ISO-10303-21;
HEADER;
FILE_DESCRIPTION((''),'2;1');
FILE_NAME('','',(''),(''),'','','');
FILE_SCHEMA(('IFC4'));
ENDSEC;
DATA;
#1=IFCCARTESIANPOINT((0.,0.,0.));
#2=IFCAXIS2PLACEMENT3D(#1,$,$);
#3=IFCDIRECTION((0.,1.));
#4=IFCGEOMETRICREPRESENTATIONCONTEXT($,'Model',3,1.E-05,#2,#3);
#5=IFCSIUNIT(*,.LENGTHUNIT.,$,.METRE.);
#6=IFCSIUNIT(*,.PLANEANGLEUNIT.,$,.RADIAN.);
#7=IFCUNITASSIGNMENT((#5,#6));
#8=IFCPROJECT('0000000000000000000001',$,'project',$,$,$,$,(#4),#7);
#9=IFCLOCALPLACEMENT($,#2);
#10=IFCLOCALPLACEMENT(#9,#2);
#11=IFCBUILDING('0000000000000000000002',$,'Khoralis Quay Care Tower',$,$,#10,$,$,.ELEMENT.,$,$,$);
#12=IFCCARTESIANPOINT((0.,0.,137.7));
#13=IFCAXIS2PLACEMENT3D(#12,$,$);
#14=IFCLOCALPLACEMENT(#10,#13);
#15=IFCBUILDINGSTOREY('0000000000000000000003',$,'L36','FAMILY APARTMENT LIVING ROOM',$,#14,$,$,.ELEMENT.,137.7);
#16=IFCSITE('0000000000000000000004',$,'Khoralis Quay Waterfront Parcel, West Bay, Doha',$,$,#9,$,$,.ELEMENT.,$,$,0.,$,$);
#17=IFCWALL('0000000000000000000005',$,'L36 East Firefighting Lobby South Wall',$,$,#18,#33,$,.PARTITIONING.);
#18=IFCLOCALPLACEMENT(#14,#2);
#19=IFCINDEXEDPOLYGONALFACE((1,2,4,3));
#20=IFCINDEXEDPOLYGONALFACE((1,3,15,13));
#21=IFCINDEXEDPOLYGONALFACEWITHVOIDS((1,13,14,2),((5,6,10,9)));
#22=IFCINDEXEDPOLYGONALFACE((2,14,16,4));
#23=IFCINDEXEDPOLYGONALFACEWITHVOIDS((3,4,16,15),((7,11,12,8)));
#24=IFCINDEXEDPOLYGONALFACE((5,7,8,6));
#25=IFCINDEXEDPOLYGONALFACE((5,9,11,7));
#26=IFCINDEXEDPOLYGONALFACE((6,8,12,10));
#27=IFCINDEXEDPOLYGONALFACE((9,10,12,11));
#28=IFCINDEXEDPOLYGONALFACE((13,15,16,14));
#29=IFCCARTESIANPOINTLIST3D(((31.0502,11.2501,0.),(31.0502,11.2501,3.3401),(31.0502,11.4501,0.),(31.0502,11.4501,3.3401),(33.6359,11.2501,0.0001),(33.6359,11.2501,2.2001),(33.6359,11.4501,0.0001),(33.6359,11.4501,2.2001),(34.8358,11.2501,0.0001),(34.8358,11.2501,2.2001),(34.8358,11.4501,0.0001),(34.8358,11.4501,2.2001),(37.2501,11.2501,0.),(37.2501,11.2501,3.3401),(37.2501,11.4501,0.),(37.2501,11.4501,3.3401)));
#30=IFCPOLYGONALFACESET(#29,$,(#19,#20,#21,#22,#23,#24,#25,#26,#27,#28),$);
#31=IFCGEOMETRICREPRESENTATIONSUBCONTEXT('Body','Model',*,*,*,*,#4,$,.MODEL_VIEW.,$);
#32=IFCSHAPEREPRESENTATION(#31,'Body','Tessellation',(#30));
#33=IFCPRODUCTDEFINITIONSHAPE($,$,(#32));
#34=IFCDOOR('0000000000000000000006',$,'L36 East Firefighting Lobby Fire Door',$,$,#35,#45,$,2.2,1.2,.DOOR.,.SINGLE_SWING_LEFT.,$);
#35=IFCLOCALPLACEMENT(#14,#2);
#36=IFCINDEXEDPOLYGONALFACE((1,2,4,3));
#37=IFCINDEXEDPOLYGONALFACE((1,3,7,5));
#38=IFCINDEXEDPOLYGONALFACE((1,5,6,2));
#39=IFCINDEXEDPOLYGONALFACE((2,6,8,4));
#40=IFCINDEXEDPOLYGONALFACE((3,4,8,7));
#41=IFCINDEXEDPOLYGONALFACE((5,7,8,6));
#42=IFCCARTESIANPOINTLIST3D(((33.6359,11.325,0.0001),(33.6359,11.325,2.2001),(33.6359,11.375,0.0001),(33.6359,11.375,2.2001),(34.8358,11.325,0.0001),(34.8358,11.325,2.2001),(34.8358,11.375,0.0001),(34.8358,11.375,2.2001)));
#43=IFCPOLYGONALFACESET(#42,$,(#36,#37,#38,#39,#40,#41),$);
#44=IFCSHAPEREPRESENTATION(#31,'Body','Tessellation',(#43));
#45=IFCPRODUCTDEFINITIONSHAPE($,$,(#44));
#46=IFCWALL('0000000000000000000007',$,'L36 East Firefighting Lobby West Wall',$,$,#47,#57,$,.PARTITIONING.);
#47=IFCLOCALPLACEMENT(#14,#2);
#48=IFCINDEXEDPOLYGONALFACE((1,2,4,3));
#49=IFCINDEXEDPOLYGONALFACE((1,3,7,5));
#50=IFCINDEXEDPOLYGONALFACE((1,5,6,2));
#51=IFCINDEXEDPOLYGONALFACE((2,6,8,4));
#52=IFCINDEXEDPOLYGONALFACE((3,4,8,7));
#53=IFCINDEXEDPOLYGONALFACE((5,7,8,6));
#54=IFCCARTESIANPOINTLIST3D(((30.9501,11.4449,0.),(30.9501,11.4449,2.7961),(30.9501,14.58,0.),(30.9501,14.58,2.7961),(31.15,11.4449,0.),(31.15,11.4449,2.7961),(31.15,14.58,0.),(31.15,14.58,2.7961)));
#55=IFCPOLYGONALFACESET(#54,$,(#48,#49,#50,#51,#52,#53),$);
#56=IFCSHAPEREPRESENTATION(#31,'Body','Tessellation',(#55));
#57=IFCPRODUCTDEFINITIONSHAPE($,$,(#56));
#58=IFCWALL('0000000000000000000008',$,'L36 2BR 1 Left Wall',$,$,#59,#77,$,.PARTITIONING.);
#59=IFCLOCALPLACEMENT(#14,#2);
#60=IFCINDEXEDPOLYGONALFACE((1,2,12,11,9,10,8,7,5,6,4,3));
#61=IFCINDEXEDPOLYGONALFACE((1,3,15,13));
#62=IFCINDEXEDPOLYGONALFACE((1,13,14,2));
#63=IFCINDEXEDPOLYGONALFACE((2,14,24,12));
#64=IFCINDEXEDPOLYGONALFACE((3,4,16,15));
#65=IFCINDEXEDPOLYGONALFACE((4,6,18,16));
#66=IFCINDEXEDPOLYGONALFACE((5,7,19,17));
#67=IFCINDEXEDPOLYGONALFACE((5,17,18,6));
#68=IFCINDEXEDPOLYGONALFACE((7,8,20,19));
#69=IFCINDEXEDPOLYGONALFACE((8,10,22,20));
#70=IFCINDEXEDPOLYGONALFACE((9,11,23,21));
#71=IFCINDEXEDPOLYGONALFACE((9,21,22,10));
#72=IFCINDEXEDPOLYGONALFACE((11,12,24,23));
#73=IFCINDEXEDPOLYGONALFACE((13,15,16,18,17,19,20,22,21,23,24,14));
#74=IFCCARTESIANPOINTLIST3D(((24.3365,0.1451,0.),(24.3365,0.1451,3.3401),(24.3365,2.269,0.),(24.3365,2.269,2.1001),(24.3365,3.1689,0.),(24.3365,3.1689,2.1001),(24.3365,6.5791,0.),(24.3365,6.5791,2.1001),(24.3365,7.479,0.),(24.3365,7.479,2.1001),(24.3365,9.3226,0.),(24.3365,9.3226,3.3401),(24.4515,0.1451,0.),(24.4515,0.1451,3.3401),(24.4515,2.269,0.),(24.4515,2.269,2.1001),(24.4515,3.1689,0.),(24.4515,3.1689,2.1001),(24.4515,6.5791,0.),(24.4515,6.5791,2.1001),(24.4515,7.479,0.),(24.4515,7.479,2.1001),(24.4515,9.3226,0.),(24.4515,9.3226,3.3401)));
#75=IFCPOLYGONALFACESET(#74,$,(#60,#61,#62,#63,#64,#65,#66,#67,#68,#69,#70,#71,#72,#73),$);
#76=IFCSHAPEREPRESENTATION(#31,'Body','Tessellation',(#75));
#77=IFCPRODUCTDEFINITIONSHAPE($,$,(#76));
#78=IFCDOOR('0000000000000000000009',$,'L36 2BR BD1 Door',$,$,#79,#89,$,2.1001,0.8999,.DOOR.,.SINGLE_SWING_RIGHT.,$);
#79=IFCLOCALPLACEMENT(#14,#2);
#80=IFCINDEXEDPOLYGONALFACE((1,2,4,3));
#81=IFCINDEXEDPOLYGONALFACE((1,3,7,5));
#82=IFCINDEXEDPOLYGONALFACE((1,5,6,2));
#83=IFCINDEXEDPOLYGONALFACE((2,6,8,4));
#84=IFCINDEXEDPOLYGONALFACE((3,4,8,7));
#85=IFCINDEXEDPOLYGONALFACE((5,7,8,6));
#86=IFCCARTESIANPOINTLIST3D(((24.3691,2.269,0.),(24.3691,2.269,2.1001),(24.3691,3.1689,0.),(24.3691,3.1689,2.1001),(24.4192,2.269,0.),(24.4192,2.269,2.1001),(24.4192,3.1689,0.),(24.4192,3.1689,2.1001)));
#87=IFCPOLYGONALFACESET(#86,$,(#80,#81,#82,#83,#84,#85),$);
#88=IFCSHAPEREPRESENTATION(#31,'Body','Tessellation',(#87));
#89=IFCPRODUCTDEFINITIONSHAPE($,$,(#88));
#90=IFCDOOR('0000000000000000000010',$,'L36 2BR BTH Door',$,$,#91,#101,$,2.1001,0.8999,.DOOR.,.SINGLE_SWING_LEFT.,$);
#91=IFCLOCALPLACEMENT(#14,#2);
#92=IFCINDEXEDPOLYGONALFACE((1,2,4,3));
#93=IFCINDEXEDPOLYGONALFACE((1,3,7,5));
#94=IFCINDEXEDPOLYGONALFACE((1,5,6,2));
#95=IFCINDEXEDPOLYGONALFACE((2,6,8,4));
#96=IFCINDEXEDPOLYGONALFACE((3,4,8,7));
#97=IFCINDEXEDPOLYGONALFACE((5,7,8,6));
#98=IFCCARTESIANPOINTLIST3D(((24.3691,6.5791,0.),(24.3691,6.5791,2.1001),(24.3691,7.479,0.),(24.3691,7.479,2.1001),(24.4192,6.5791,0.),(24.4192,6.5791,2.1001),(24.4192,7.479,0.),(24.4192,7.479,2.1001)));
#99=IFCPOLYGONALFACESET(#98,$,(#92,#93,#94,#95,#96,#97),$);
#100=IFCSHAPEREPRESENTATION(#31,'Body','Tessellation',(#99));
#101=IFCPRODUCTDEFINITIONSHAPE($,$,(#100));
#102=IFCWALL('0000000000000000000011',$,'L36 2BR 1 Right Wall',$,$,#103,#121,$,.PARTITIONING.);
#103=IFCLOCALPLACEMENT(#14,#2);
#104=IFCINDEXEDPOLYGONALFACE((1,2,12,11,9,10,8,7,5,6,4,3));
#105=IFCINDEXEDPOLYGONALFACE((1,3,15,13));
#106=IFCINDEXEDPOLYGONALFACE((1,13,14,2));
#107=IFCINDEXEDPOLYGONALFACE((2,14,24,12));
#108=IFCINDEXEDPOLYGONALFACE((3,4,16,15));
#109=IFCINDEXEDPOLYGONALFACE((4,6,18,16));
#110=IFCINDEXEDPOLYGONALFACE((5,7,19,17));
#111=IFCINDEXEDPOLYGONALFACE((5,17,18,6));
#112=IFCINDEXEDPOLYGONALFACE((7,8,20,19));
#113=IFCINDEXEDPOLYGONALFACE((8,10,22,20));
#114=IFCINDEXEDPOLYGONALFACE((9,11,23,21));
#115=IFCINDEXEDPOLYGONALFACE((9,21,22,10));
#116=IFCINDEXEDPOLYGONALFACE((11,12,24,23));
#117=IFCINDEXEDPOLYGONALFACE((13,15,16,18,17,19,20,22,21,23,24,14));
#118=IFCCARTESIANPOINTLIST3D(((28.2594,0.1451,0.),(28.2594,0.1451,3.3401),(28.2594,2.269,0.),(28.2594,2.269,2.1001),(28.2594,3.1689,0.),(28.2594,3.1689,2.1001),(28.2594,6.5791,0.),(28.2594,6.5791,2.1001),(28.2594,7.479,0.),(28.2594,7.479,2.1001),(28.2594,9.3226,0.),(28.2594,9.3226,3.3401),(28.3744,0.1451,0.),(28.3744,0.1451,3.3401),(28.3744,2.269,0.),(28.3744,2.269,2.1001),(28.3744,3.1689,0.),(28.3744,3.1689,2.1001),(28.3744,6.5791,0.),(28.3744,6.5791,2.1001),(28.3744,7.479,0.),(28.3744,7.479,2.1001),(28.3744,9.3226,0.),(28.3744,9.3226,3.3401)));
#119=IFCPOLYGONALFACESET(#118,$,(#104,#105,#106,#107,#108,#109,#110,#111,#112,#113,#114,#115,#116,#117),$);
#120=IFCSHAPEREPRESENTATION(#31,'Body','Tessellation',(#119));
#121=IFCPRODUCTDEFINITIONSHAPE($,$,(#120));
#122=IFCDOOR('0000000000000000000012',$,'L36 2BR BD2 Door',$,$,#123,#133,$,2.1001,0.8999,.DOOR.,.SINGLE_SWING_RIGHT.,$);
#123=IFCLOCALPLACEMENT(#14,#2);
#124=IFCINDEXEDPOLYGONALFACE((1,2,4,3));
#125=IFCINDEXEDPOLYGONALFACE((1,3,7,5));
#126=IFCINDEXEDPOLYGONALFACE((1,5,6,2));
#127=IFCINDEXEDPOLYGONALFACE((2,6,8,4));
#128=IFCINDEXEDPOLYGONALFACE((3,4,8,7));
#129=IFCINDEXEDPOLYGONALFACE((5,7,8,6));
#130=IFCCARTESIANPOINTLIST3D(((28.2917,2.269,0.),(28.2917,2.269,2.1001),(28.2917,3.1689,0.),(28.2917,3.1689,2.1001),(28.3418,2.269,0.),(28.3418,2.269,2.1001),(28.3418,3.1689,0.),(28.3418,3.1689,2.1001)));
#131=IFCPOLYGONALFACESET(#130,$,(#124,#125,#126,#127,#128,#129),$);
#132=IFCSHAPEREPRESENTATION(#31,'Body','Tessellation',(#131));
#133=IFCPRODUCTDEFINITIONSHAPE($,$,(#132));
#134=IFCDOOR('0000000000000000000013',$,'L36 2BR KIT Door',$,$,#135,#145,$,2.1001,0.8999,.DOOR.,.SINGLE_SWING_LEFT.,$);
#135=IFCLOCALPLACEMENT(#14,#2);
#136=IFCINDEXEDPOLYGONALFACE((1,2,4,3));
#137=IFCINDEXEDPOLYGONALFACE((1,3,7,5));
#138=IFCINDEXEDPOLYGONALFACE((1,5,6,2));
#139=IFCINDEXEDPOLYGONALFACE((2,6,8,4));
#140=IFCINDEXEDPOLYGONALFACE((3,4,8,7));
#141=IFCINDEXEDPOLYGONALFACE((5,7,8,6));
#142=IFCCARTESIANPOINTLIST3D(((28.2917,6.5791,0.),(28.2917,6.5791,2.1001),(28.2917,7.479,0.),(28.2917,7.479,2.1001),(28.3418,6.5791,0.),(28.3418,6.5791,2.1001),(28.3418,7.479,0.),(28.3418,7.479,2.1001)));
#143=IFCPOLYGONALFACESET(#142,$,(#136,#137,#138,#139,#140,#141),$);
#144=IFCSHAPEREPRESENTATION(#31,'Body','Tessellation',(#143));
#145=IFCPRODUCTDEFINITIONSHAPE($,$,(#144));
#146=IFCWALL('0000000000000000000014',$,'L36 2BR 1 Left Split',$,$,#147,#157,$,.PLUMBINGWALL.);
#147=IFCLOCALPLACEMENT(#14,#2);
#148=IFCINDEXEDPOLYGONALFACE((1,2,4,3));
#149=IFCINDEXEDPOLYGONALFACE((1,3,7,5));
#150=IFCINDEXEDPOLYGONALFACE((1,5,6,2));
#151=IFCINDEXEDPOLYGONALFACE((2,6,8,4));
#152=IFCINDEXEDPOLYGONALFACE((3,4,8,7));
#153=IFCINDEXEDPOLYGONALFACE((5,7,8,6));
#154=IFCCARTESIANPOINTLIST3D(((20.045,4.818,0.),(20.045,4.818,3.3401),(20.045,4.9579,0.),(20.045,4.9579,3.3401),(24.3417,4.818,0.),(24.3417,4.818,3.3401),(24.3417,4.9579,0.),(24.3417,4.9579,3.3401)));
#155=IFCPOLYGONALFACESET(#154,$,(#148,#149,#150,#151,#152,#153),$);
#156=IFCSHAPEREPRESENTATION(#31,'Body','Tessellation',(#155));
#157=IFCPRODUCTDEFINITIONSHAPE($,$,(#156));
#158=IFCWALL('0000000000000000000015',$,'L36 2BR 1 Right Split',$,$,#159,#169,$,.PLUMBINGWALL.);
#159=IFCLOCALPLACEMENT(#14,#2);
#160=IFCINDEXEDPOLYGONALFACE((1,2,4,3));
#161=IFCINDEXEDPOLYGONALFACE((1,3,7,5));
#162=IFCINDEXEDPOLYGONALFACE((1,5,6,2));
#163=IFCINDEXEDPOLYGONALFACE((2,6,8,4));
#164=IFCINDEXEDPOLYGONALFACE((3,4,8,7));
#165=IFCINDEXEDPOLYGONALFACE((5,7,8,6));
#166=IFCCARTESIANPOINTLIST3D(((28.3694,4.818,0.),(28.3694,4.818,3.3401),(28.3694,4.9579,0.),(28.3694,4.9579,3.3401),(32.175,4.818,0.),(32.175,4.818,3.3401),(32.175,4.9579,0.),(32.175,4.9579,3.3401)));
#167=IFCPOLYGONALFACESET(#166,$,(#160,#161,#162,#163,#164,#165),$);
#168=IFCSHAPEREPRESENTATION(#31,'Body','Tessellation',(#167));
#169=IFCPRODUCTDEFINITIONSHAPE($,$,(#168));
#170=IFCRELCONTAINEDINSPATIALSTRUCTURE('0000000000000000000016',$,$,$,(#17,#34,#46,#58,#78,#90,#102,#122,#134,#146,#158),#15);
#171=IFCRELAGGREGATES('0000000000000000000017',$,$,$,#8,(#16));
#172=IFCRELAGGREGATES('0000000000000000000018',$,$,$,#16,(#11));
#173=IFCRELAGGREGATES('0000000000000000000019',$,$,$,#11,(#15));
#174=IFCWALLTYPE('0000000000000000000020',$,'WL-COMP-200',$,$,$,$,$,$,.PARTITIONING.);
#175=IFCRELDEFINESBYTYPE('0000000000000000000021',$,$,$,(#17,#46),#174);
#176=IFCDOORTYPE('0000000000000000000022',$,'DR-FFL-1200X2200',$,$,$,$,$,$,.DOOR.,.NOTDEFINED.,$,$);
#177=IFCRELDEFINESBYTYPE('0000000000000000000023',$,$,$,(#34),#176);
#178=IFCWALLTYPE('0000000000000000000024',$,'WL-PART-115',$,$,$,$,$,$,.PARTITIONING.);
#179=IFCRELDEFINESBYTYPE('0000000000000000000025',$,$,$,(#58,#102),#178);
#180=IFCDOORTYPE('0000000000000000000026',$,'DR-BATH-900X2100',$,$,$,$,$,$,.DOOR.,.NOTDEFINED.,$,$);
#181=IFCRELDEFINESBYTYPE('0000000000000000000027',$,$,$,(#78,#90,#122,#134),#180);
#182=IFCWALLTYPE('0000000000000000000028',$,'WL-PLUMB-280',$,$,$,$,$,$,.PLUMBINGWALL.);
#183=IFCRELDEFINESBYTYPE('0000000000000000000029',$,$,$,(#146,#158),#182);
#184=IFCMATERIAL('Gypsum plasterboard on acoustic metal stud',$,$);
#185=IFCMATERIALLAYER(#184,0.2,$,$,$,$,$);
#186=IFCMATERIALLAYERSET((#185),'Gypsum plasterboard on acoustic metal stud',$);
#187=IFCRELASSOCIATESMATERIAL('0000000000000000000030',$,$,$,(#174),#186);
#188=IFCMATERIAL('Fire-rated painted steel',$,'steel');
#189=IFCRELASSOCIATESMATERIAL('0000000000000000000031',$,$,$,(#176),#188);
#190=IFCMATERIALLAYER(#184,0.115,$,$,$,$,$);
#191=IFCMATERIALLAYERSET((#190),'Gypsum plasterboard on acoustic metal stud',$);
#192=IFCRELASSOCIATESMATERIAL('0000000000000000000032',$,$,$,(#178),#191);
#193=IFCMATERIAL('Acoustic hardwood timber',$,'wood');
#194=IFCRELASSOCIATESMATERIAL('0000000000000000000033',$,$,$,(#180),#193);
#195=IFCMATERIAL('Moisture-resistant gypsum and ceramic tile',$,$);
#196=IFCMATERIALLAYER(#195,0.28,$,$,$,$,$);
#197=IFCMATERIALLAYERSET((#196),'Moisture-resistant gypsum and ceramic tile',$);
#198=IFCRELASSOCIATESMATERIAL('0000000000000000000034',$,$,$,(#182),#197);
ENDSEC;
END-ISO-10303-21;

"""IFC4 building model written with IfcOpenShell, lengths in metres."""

from ifc_helpers import new_model, si_unit, direction, frame, frame_2d, origin, place, context, subcontext, project, spatial, rectangle, extrude, source, transform, mapped, material, layer, layer_set, type_object, element, fill, save


model = new_model("IFC4")

# Units and contexts
model_context = context("Model", 3, precision=1e-05, world=origin(), true_north=direction((0.0, 1.0)))
body_context = subcontext(model_context, "Body", "Model", "MODEL_VIEW")
ifc_project = project(units=[si_unit("LENGTHUNIT", "METRE"), si_unit("PLANEANGLEUNIT", "RADIAN")], contexts=[model_context])

# Site, building, storey
site_placement = place(None, origin())
site = spatial("IfcSite", under=ifc_project, at=site_placement, Name="Khoralis Quay Waterfront Parcel, West Bay, Doha", CompositionType="ELEMENT", RefElevation=0.0)
building_placement = place(site_placement, origin())
building = spatial("IfcBuilding", under=site, at=building_placement, Name="Khoralis Quay Care Tower", CompositionType="ELEMENT")
storey_placement = place(building_placement, frame((0.0, 0.0, 137.7)))
storey = spatial("IfcBuildingStorey", under=building, at=storey_placement, Name="L36", Description="FAMILY APARTMENT LIVING ROOM", CompositionType="ELEMENT", Elevation=137.7)

# Wall, opening, door
ifc_material_1 = material(Name="Gypsum plasterboard on acoustic metal stud")
ifc_layer_1 = layer(ifc_material_1, 0.2)
ifc_layer_set_1 = layer_set([ifc_layer_1], Name="Gypsum plasterboard on acoustic metal stud")
wall_type_1 = type_object("IfcWallType", Name="WL-COMP-200", PredefinedType="PARTITIONING", material=ifc_layer_set_1)
wall_1_placement = place(storey_placement, frame((31.05, 11.3501, 0.0), z_axis=(0.0, 0.0, 1.0), x_axis=(1.0, 0.0, 0.0)))
wall_1 = element("IfcWall", 1, at=wall_1_placement, inside=storey, type_object=wall_type_1, Name="L36 East Firefighting Lobby South Wall", PredefinedType="PARTITIONING", context=body_context, shape_type="SweptSolid", body=[
    extrude(rectangle(XDim=6.2, YDim=0.2, at=frame_2d((3.1001, 0.0))), origin(), (0.0, 0.0, 1.0), 3.3401),
])
opening_1_placement = place(wall_1_placement, frame((2.5857, 0.0, 0.0)))
opening_1 = element("IfcOpeningElement", 2, at=opening_1_placement, cuts=wall_1, PredefinedType="OPENING", context=body_context, shape_type="SweptSolid", body=[
    extrude(rectangle(XDim=1.2, YDim=2.2, at=frame_2d((0.6001, 1.1001))), frame((0.0, 0.1099, 0.0), z_axis=(0.0, -1.0, 0.0), x_axis=(1.0, 0.0, 0.0)), (0.0, 0.0, 1.0), 0.22),
])
ifc_material_2 = material(Name="Fire-rated painted steel", Category="steel")
door_type_1 = type_object("IfcDoorType", Name="DR-FFL-1200X2200", OperationType="NOTDEFINED", PredefinedType="DOOR", material=ifc_material_2)
shared_shape_1 = source(origin(), body_context, "Body", "SweptSolid", [
    extrude(rectangle(XDim=1.2, YDim=2.2, at=frame_2d((0.6001, 1.1001))), frame((0.0, 0.0249, 0.0), z_axis=(0.0, -1.0, 0.0), x_axis=(1.0, 0.0, 0.0)), (0.0, 0.0, 1.0), 0.05),
])
door_1_placement = place(opening_1_placement, origin())
door_1 = element("IfcDoor", 3, at=door_1_placement, inside=storey, type_object=door_type_1, Name="L36 East Firefighting Lobby Fire Door", OperationType="SINGLE_SWING_LEFT", OverallHeight=2.2, OverallWidth=1.2, PredefinedType="DOOR", context=body_context, shape_type="MappedRepresentation", body=[
    mapped(shared_shape_1, transform((0.0, 0.0, 0.0), scale=1.0)),
])
fill(opening_1, door_1)

# Wall
wall_2_placement = place(storey_placement, frame((31.05, 11.4451, 0.0), z_axis=(0.0, 0.0, 1.0), x_axis=(0.0, 1.0, 0.0)))
element("IfcWall", 4, at=wall_2_placement, inside=storey, type_object=wall_type_1, Name="L36 East Firefighting Lobby West Wall", PredefinedType="PARTITIONING", context=body_context, shape_type="SweptSolid", body=[
    extrude(rectangle(XDim=3.135, YDim=0.2, at=frame_2d((1.5674, 0.0))), origin(), (0.0, 0.0, 1.0), 2.7961),
])

# Walls, openings, doors
ifc_layer_2 = layer(ifc_material_1, 0.115)
ifc_layer_set_2 = layer_set([ifc_layer_2], Name="Gypsum plasterboard on acoustic metal stud")
wall_type_2 = type_object("IfcWallType", Name="WL-PART-115", PredefinedType="PARTITIONING", material=ifc_layer_set_2)
wall_3_placement = place(storey_placement, frame((24.394, 0.145, 0.0), z_axis=(0.0, 0.0, 1.0), x_axis=(0.0, 1.0, 0.0)))
wall_3 = element("IfcWall", 5, at=wall_3_placement, inside=storey, type_object=wall_type_2, Name="L36 2BR 1 Left Wall", PredefinedType="PARTITIONING", context=body_context, shape_type="SweptSolid", body=[
    extrude(rectangle(XDim=9.1775, YDim=0.115, at=frame_2d((4.5889, 0.0))), origin(), (0.0, 0.0, 1.0), 3.3401),
])
opening_2_placement = place(wall_3_placement, frame((2.124, 0.0, 0.0)))
opening_2 = element("IfcOpeningElement", 6, at=opening_2_placement, cuts=wall_3, PredefinedType="OPENING", context=body_context, shape_type="SweptSolid", body=[
    extrude(rectangle(XDim=0.8999, YDim=2.1001, at=frame_2d((0.45, 1.05))), frame((0.0, 0.0674, 0.0), z_axis=(0.0, -1.0, 0.0), x_axis=(1.0, 0.0, 0.0)), (0.0, 0.0, 1.0), 0.135),
])
opening_3_placement = place(wall_3_placement, frame((6.4341, 0.0, 0.0)))
opening_3 = element("IfcOpeningElement", 7, at=opening_3_placement, cuts=wall_3, PredefinedType="OPENING", context=body_context, shape_type="SweptSolid", body=[
    extrude(rectangle(XDim=0.8999, YDim=2.1001, at=frame_2d((0.45, 1.05))), frame((0.0, 0.0674, 0.0), z_axis=(0.0, -1.0, 0.0), x_axis=(1.0, 0.0, 0.0)), (0.0, 0.0, 1.0), 0.135),
])
ifc_material_3 = material(Name="Acoustic hardwood timber", Category="wood")
door_type_2 = type_object("IfcDoorType", Name="DR-BATH-900X2100", OperationType="NOTDEFINED", PredefinedType="DOOR", material=ifc_material_3)
shared_shape_2 = source(origin(), body_context, "Body", "SweptSolid", [
    extrude(rectangle(XDim=0.8999, YDim=2.1001, at=frame_2d((0.45, 1.05))), frame((0.0, 0.0249, 0.0), z_axis=(0.0, -1.0, 0.0), x_axis=(1.0, 0.0, 0.0)), (0.0, 0.0, 1.0), 0.05),
])
door_2_placement = place(opening_2_placement, origin())
door_2 = element("IfcDoor", 8, at=door_2_placement, inside=storey, type_object=door_type_2, Name="L36 2BR BD1 Door", OperationType="SINGLE_SWING_RIGHT", OverallHeight=2.1001, OverallWidth=0.8999, PredefinedType="DOOR", context=body_context, shape_type="MappedRepresentation", body=[
    mapped(shared_shape_2, transform((0.0, 0.0, 0.0), scale=1.0)),
])
fill(opening_2, door_2)
door_3_placement = place(opening_3_placement, origin())
door_3 = element("IfcDoor", 9, at=door_3_placement, inside=storey, type_object=door_type_2, Name="L36 2BR BTH Door", OperationType="SINGLE_SWING_LEFT", OverallHeight=2.1001, OverallWidth=0.8999, PredefinedType="DOOR", context=body_context, shape_type="MappedRepresentation", body=[
    mapped(shared_shape_2, transform((0.0, 0.0, 0.0), scale=1.0)),
])
fill(opening_3, door_3)
wall_4_placement = place(storey_placement, frame((28.3169, 0.145, 0.0), z_axis=(0.0, 0.0, 1.0), x_axis=(0.0, 1.0, 0.0)))
wall_4 = element("IfcWall", 10, at=wall_4_placement, inside=storey, type_object=wall_type_2, Name="L36 2BR 1 Right Wall", PredefinedType="PARTITIONING", context=body_context, shape_type="SweptSolid", body=[
    extrude(rectangle(XDim=9.1775, YDim=0.115, at=frame_2d((4.5889, 0.0))), origin(), (0.0, 0.0, 1.0), 3.3401),
])
opening_4_placement = place(wall_4_placement, frame((2.124, 0.0, 0.0)))
opening_4 = element("IfcOpeningElement", 11, at=opening_4_placement, cuts=wall_4, PredefinedType="OPENING", context=body_context, shape_type="SweptSolid", body=[
    extrude(rectangle(XDim=0.8999, YDim=2.1001, at=frame_2d((0.45, 1.05))), frame((0.0, 0.0674, 0.0), z_axis=(0.0, -1.0, 0.0), x_axis=(1.0, 0.0, 0.0)), (0.0, 0.0, 1.0), 0.135),
])
opening_5_placement = place(wall_4_placement, frame((6.4341, 0.0, 0.0)))
opening_5 = element("IfcOpeningElement", 12, at=opening_5_placement, cuts=wall_4, PredefinedType="OPENING", context=body_context, shape_type="SweptSolid", body=[
    extrude(rectangle(XDim=0.8999, YDim=2.1001, at=frame_2d((0.45, 1.05))), frame((0.0, 0.0674, 0.0), z_axis=(0.0, -1.0, 0.0), x_axis=(1.0, 0.0, 0.0)), (0.0, 0.0, 1.0), 0.135),
])
door_4_placement = place(opening_4_placement, frame((0.8999, 0.0, 0.0), z_axis=(0.0, 0.0, 1.0), x_axis=(-1.0, 0.0, 0.0)))
door_4 = element("IfcDoor", 13, at=door_4_placement, inside=storey, type_object=door_type_2, Name="L36 2BR BD2 Door", OperationType="SINGLE_SWING_RIGHT", OverallHeight=2.1001, OverallWidth=0.8999, PredefinedType="DOOR", context=body_context, shape_type="MappedRepresentation", body=[
    mapped(shared_shape_2, transform((0.0, 0.0, 0.0), scale=1.0)),
])
fill(opening_4, door_4)
door_5_placement = place(opening_5_placement, frame((0.8999, 0.0, 0.0), z_axis=(0.0, 0.0, 1.0), x_axis=(-1.0, 0.0, 0.0)))
door_5 = element("IfcDoor", 14, at=door_5_placement, inside=storey, type_object=door_type_2, Name="L36 2BR KIT Door", OperationType="SINGLE_SWING_LEFT", OverallHeight=2.1001, OverallWidth=0.8999, PredefinedType="DOOR", context=body_context, shape_type="MappedRepresentation", body=[
    mapped(shared_shape_2, transform((0.0, 0.0, 0.0), scale=1.0)),
])
fill(opening_5, door_5)

# Walls
ifc_material_4 = material(Name="Moisture-resistant gypsum and ceramic tile")
ifc_layer_3 = layer(ifc_material_4, 0.28)
ifc_layer_set_3 = layer_set([ifc_layer_3], Name="Moisture-resistant gypsum and ceramic tile")
wall_type_3 = type_object("IfcWallType", Name="WL-PLUMB-280", PredefinedType="PLUMBINGWALL", material=ifc_layer_set_3)
wall_5_placement = place(storey_placement, frame((20.0449, 4.8879, 0.0), z_axis=(0.0, 0.0, 1.0), x_axis=(1.0, 0.0, 0.0)))
element("IfcWall", 15, at=wall_5_placement, inside=storey, type_object=wall_type_3, Name="L36 2BR 1 Left Split", PredefinedType="PLUMBINGWALL", context=body_context, shape_type="SweptSolid", body=[
    extrude(rectangle(XDim=4.2966, YDim=0.1399, at=frame_2d((2.1484, 0.0))), origin(), (0.0, 0.0, 1.0), 3.3401),
])
wall_6_placement = place(storey_placement, frame((28.3694, 4.8879, 0.0), z_axis=(0.0, 0.0, 1.0), x_axis=(1.0, 0.0, 0.0)))
element("IfcWall", 16, at=wall_6_placement, inside=storey, type_object=wall_type_3, Name="L36 2BR 1 Right Split", PredefinedType="PLUMBINGWALL", context=body_context, shape_type="SweptSolid", body=[
    extrude(rectangle(XDim=3.8057, YDim=0.1399, at=frame_2d((1.9028, 0.0))), origin(), (0.0, 0.0, 1.0), 3.3401),
])

save(model, "model.ifc")
